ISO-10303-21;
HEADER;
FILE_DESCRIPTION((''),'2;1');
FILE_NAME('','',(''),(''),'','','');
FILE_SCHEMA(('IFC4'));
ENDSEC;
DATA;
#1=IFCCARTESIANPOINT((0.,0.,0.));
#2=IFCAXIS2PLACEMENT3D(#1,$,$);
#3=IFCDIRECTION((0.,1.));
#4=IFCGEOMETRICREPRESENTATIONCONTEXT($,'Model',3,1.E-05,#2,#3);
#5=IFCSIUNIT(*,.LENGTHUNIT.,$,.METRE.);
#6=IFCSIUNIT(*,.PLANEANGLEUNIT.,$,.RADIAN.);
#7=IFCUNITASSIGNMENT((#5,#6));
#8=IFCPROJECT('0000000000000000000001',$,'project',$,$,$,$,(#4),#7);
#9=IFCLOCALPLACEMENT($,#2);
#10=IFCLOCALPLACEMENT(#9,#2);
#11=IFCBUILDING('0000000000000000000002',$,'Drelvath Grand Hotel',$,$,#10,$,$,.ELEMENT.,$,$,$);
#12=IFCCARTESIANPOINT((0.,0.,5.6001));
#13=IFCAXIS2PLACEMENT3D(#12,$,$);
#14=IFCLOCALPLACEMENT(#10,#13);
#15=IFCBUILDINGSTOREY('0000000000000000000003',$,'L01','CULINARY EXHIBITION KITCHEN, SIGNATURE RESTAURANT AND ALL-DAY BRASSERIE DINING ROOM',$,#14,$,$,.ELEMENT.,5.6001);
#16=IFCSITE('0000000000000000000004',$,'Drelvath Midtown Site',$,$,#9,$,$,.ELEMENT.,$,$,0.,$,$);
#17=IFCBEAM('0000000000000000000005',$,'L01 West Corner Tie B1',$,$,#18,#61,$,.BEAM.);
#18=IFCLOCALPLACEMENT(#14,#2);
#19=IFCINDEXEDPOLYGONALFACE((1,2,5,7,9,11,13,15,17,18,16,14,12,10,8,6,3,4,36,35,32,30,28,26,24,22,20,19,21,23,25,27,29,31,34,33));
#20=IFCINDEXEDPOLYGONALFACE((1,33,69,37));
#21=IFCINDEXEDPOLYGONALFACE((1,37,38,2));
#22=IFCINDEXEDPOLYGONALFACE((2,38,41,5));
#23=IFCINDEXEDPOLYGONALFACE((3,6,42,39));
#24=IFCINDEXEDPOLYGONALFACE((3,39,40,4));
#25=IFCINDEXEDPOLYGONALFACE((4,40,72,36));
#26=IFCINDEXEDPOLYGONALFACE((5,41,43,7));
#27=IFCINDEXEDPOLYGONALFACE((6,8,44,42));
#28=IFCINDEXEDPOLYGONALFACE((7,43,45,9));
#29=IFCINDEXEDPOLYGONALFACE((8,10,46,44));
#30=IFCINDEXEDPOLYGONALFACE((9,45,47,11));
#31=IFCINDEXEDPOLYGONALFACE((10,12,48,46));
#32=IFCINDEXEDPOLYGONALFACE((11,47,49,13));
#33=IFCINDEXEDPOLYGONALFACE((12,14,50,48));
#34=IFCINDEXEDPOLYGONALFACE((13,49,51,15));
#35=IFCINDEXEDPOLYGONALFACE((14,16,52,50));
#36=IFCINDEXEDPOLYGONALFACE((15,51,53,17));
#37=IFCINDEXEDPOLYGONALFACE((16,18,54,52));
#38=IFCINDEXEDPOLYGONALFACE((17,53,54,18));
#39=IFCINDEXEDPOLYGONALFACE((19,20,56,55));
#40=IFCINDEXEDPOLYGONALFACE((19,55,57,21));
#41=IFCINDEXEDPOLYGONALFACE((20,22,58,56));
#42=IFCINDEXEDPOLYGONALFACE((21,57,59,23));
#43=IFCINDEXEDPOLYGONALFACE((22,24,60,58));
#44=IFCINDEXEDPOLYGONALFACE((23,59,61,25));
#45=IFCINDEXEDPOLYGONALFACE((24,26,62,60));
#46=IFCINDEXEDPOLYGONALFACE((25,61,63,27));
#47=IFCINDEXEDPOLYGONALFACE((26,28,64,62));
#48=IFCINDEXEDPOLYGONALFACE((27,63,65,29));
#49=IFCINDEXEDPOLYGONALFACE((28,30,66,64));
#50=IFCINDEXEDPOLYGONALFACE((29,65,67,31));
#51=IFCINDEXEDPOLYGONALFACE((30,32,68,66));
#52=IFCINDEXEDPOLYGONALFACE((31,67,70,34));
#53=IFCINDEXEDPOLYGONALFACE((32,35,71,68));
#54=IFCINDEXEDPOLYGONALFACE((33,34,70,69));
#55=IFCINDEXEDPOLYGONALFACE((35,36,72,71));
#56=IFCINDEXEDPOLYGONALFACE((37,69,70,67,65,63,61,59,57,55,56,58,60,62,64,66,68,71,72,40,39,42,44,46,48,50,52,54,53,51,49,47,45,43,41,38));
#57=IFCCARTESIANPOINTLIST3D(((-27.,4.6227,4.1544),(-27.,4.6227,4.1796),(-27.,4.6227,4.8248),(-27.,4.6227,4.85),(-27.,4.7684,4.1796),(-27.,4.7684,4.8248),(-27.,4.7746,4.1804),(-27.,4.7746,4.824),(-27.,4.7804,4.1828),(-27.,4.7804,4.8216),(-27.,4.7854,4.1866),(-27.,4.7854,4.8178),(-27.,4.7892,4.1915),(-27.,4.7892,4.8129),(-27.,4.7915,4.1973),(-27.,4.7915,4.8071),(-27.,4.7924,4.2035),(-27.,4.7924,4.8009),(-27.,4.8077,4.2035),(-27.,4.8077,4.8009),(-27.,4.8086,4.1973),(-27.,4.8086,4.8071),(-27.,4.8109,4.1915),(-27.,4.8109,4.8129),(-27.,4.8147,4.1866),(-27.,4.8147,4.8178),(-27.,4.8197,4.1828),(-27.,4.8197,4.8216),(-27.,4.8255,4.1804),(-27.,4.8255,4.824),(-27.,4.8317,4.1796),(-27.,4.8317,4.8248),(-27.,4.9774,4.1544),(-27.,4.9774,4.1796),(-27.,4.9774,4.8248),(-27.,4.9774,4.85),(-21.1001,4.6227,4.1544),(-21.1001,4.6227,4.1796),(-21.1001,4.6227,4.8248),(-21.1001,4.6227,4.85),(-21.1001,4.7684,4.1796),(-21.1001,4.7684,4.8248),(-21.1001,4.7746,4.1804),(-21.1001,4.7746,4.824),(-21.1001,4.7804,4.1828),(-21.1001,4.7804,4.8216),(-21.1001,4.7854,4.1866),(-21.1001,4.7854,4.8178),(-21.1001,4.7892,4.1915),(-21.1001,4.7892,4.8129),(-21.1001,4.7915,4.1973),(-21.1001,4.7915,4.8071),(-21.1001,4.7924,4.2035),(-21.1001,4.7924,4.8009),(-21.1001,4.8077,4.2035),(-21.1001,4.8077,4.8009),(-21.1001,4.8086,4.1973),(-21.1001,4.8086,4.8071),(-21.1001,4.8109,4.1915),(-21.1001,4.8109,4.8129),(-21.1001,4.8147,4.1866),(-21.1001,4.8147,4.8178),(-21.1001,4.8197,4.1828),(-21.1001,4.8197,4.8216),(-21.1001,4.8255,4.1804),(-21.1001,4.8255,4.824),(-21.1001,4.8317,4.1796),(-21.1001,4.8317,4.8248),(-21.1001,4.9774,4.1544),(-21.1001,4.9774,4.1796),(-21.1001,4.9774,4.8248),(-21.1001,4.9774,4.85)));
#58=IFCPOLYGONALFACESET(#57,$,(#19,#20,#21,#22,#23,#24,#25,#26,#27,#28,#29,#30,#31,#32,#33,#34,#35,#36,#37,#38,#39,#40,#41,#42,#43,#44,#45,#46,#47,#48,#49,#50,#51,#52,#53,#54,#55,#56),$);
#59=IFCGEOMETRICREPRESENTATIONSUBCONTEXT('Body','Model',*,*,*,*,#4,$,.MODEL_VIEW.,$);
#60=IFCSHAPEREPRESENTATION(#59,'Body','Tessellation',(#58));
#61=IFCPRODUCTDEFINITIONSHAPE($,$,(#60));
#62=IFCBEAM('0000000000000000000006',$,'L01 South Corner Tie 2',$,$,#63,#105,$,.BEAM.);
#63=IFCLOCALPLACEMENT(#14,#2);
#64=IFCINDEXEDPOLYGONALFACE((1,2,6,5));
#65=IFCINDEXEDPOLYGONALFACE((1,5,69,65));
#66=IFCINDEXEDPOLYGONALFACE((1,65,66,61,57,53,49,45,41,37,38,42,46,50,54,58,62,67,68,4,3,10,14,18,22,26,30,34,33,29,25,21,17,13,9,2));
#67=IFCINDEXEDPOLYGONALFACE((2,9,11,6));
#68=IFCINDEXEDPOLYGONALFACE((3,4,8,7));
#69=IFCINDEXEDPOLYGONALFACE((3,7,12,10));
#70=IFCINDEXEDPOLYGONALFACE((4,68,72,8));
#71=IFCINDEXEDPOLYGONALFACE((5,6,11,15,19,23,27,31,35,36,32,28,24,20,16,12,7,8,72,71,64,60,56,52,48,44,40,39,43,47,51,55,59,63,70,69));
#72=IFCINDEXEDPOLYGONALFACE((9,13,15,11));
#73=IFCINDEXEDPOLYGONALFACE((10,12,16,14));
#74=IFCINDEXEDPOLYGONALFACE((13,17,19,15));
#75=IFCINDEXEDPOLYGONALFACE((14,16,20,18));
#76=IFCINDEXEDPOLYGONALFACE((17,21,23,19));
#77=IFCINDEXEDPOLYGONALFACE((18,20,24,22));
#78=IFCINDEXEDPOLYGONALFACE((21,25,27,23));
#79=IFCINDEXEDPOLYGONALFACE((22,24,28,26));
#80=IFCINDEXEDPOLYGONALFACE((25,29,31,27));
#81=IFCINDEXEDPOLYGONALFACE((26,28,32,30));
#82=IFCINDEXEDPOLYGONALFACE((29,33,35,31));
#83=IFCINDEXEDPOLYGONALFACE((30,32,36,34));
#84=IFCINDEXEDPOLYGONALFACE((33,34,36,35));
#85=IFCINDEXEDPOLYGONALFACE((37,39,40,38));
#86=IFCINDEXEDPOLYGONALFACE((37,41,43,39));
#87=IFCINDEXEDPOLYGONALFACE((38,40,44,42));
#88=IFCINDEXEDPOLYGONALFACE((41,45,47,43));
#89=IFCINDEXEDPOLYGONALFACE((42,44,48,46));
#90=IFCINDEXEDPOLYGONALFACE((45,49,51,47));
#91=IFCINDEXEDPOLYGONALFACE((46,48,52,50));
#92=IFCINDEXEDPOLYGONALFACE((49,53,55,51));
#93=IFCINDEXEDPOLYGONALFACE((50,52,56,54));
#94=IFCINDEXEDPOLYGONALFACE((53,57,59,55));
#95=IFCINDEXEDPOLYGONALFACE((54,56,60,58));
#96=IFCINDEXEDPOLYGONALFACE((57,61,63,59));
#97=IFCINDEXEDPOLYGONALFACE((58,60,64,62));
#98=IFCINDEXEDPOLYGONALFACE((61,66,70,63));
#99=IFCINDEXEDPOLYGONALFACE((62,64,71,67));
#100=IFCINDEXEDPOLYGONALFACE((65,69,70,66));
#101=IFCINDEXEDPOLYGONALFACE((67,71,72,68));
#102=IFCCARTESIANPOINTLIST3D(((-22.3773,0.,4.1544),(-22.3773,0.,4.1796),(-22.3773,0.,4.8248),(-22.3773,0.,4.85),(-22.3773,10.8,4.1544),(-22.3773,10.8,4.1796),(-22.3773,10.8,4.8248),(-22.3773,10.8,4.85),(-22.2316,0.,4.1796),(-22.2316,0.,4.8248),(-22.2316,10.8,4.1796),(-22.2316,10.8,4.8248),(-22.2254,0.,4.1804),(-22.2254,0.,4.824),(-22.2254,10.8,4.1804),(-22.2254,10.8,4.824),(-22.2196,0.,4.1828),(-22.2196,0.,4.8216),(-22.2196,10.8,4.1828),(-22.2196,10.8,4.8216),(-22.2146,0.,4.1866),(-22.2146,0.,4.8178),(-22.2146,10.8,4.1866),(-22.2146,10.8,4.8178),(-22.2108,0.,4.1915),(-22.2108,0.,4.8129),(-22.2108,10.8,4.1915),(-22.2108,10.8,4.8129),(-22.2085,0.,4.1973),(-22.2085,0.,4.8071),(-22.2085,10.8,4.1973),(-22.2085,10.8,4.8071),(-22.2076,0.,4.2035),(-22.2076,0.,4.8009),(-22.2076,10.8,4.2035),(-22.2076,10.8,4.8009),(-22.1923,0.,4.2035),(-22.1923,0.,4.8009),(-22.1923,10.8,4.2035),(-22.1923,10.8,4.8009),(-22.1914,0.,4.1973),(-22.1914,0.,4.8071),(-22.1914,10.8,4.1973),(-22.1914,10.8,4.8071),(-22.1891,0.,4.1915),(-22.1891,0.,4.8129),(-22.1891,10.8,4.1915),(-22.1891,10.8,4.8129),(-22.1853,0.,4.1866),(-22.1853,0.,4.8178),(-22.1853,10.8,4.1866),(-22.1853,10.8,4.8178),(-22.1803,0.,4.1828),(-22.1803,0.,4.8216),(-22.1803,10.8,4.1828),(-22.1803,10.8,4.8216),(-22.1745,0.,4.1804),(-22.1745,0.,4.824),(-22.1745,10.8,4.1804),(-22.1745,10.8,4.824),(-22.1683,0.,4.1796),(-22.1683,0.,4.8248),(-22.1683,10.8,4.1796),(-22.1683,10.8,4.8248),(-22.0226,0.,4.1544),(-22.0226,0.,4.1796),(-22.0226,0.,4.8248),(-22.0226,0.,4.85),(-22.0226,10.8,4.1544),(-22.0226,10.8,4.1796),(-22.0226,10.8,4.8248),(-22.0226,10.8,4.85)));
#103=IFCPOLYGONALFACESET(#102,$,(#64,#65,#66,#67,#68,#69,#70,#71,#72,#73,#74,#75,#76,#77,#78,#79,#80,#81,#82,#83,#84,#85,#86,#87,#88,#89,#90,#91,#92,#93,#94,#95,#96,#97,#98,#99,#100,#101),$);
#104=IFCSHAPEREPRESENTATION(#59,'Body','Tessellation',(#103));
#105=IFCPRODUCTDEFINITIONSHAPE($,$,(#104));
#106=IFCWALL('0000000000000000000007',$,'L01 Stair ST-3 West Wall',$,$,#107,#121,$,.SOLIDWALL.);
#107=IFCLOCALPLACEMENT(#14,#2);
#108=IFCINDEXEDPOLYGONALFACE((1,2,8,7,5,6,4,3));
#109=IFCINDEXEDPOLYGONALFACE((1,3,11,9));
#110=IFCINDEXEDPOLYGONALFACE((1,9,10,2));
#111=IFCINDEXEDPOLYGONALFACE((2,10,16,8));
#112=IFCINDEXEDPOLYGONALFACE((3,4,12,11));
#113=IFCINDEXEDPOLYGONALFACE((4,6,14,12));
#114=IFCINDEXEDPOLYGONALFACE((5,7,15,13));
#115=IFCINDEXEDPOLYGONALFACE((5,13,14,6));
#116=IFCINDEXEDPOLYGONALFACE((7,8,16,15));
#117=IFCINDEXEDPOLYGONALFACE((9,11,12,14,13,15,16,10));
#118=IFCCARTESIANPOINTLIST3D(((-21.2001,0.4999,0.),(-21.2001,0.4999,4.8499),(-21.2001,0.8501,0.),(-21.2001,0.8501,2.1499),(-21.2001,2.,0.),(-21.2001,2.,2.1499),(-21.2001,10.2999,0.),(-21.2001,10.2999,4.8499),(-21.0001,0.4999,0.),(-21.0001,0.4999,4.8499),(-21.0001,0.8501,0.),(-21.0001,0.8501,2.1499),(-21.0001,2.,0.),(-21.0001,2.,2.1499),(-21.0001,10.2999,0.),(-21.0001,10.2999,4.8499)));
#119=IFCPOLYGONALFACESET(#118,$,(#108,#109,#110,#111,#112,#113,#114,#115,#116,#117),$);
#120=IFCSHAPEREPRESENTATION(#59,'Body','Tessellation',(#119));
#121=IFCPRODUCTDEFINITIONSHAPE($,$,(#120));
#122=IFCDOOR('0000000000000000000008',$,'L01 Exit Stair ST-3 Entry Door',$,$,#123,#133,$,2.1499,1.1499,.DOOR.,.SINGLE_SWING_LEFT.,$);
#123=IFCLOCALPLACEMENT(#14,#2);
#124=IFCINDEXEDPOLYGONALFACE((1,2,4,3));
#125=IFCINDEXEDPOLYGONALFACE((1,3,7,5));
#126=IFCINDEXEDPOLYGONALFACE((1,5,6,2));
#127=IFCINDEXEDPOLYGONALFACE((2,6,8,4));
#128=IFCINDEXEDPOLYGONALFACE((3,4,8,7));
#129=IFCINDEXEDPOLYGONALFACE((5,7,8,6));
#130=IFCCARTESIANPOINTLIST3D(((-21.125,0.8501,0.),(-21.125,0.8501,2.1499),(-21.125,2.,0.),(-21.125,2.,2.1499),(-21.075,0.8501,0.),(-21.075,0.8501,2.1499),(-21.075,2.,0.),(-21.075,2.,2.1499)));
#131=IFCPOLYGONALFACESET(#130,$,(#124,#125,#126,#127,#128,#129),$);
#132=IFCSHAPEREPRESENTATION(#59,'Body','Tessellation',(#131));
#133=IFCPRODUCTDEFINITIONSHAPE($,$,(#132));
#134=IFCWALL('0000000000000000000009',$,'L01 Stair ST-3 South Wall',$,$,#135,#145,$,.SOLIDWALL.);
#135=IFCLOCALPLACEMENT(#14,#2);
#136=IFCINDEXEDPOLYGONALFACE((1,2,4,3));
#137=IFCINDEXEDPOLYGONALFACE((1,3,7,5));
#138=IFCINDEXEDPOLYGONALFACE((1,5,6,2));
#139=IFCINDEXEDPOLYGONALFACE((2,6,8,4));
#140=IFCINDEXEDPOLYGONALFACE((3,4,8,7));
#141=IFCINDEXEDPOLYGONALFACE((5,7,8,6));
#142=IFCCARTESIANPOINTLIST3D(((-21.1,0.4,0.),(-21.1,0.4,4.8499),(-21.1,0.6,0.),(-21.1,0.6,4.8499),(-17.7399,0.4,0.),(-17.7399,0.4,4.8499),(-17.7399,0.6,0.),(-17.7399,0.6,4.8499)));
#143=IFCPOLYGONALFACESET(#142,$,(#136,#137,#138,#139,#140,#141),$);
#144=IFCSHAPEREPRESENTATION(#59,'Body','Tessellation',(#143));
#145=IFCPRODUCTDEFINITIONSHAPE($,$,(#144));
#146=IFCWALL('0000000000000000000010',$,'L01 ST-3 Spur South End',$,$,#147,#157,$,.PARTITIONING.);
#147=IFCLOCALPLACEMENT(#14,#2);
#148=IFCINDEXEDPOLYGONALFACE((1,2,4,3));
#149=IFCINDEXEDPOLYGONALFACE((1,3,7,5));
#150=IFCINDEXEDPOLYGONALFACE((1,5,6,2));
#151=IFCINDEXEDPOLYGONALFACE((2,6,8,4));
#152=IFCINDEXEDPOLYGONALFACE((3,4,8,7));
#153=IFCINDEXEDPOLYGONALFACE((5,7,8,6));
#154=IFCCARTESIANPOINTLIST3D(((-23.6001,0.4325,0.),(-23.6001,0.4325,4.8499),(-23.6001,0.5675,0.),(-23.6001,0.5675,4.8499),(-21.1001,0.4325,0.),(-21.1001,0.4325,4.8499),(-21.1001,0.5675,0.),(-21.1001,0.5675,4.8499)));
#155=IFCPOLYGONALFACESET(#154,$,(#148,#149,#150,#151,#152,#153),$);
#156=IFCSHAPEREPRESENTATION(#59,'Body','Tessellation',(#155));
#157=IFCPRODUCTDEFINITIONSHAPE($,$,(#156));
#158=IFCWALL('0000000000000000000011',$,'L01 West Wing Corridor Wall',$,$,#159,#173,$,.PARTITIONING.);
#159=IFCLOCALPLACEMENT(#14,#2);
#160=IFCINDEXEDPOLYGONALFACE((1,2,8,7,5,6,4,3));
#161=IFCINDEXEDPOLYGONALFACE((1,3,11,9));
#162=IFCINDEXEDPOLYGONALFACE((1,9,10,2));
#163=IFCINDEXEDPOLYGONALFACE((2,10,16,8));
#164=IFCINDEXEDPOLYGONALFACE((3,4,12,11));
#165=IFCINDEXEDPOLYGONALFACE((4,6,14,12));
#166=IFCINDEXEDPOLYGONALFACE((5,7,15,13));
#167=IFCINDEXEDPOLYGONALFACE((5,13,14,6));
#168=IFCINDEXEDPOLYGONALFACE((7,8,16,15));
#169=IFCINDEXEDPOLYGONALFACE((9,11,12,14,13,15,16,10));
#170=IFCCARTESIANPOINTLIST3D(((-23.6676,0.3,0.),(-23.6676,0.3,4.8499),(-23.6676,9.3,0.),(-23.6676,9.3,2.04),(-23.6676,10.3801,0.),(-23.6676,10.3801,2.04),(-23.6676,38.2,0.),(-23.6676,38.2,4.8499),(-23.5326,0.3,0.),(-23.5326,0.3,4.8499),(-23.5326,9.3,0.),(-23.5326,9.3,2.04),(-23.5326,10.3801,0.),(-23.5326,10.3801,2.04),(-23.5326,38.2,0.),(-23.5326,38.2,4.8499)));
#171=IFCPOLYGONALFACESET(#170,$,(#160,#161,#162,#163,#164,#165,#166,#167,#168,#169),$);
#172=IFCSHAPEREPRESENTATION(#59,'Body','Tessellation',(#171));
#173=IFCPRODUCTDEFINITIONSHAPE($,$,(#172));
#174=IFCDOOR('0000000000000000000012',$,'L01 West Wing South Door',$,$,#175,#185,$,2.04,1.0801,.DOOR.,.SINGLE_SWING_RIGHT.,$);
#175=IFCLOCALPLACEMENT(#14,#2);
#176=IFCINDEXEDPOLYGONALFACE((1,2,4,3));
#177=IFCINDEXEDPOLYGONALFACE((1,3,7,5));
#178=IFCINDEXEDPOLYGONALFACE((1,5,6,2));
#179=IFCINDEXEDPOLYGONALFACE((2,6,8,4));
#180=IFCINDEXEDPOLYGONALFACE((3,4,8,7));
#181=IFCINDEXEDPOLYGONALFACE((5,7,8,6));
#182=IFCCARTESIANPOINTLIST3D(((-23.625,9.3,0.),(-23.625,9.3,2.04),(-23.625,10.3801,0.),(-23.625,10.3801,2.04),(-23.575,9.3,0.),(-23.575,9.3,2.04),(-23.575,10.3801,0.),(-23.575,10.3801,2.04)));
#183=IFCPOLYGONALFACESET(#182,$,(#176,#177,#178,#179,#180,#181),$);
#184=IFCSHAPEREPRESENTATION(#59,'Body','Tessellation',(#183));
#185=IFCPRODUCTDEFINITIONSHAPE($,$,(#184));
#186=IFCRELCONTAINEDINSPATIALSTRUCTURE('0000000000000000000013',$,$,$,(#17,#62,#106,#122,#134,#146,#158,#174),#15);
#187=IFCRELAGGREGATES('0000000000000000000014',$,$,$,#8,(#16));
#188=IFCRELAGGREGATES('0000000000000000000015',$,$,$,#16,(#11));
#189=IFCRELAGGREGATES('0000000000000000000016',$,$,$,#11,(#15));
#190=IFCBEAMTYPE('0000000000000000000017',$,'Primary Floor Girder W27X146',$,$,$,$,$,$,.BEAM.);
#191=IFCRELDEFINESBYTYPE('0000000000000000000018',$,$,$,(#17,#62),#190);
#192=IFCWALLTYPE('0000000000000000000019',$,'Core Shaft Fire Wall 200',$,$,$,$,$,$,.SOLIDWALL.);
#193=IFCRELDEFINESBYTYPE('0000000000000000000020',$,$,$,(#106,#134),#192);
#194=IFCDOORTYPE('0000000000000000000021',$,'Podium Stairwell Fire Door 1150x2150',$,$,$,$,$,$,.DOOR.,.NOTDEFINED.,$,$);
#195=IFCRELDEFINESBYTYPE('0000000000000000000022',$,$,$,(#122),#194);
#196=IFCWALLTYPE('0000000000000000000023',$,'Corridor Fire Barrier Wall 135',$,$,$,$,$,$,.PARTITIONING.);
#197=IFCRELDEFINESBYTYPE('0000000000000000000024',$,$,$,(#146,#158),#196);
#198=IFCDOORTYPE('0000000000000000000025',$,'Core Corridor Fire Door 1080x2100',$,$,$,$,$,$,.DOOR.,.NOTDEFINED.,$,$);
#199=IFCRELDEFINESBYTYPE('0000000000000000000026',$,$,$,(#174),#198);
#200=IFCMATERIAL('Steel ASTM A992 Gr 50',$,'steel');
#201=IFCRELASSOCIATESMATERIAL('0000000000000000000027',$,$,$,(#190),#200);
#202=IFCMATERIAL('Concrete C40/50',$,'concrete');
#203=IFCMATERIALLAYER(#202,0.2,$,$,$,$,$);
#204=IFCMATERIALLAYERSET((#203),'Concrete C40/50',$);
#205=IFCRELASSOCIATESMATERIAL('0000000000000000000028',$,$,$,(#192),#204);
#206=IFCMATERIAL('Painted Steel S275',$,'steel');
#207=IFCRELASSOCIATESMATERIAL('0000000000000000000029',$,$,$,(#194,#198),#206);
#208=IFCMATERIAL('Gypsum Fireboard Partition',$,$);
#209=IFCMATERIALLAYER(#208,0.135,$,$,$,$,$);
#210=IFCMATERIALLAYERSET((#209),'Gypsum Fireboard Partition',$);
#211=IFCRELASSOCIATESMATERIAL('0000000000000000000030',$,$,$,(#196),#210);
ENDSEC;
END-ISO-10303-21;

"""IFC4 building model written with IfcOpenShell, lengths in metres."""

from ifc_helpers import new_model, si_unit, direction, frame, frame_2d, origin, origin_2d, place, context, subcontext, project, spatial, rectangle, i_section, extrude, material, layer, layer_set, material_profile, profile_set, type_object, element, fill, save


model = new_model("IFC4")

# Units and contexts
model_context = context("Model", 3, precision=1e-05, world=origin(), true_north=direction((0.0, 1.0)))
body_context = subcontext(model_context, "Body", "Model", "MODEL_VIEW")
ifc_project = project(units=[si_unit("LENGTHUNIT", "METRE"), si_unit("PLANEANGLEUNIT", "RADIAN")], contexts=[model_context])

# Site, building, storey
site_placement = place(None, origin())
site = spatial("IfcSite", under=ifc_project, at=site_placement, Name="Drelvath Midtown Site", CompositionType="ELEMENT", RefElevation=0.0)
building_placement = place(site_placement, origin())
building = spatial("IfcBuilding", under=site, at=building_placement, Name="Drelvath Grand Hotel", CompositionType="ELEMENT")
storey_placement = place(building_placement, frame((0.0, 0.0, 5.6001)))
storey = spatial("IfcBuildingStorey", under=building, at=storey_placement, Name="L01", Description="CULINARY EXHIBITION KITCHEN, SIGNATURE RESTAURANT AND ALL-DAY BRASSERIE DINING ROOM", CompositionType="ELEMENT", Elevation=5.6001)

# Beams
ifc_material_1 = material(Name="Steel ASTM A992 Gr 50", Category="steel")
ifc_material_profile_1 = material_profile(ifc_material_1, i_section(OverallWidth=0.3547, OverallDepth=0.6956, WebThickness=0.0154, FlangeThickness=0.0251, FilletRadius=0.0239, at=origin_2d()), Name="W27X146")
ifc_profile_set_1 = profile_set([ifc_material_profile_1], Name="Steel ASTM A992 Gr 50")
beam_type_1 = type_object("IfcBeamType", Name="Primary Floor Girder W27X146", PredefinedType="BEAM", material=ifc_profile_set_1)
beam_1_placement = place(storey_placement, frame((-27.0, 4.8, 4.5022), z_axis=(1.0, 0.0, 0.0), x_axis=(0.0, 1.0, 0.0)))
element("IfcBeam", 1, at=beam_1_placement, inside=storey, type_object=beam_type_1, Name="L01 West Corner Tie B1", PredefinedType="BEAM", context=body_context, shape_type="SweptSolid", body=[
    extrude(i_section(OverallWidth=0.3547, OverallDepth=0.6956, WebThickness=0.0154, FlangeThickness=0.0251, FilletRadius=0.0239, at=origin_2d()), origin(), (0.0, 0.0, 1.0), 5.8999),
])
beam_2_placement = place(storey_placement, frame((-22.2, 0.0, 4.5022), z_axis=(0.0, 1.0, 0.0), x_axis=(-1.0, 0.0, 0.0)))
element("IfcBeam", 2, at=beam_2_placement, inside=storey, type_object=beam_type_1, Name="L01 South Corner Tie 2", PredefinedType="BEAM", context=body_context, shape_type="SweptSolid", body=[
    extrude(i_section(OverallWidth=0.3547, OverallDepth=0.6956, WebThickness=0.0154, FlangeThickness=0.0251, FilletRadius=0.0239, at=origin_2d()), origin(), (0.0, 0.0, 1.0), 10.8),
])

# Wall, opening, door
ifc_material_2 = material(Name="Concrete C40/50", Category="concrete")
ifc_layer_1 = layer(ifc_material_2, 0.2)
ifc_layer_set_1 = layer_set([ifc_layer_1], Name="Concrete C40/50")
wall_type_1 = type_object("IfcWallType", Name="Core Shaft Fire Wall 200", PredefinedType="SOLIDWALL", material=ifc_layer_set_1)
wall_1_placement = place(storey_placement, frame((-21.1001, 0.5, 0.0), z_axis=(0.0, 0.0, 1.0), x_axis=(0.0, 1.0, 0.0)))
wall_1 = element("IfcWall", 3, at=wall_1_placement, inside=storey, type_object=wall_type_1, Name="L01 Stair ST-3 West Wall", PredefinedType="SOLIDWALL", context=body_context, shape_type="SweptSolid", body=[
    extrude(rectangle(XDim=9.8, YDim=0.2, at=frame_2d((4.8999, 0.0))), origin(), (0.0, 0.0, 1.0), 4.8499),
])
opening_1_placement = place(wall_1_placement, frame((0.3501, 0.0, 0.0)))
opening_1 = element("IfcOpeningElement", 4, at=opening_1_placement, cuts=wall_1, PredefinedType="OPENING", context=body_context, shape_type="SweptSolid", body=[
    extrude(rectangle(XDim=1.1499, YDim=2.1499, at=frame_2d((0.575, 1.075))), frame((0.0, 0.1099, 0.0), z_axis=(0.0, -1.0, 0.0), x_axis=(1.0, 0.0, 0.0)), (0.0, 0.0, 1.0), 0.22),
])
ifc_material_3 = material(Name="Painted Steel S275", Category="steel")
door_type_1 = type_object("IfcDoorType", Name="Podium Stairwell Fire Door 1150x2150", OperationType="NOTDEFINED", PredefinedType="DOOR", material=ifc_material_3)
door_1_placement = place(opening_1_placement, origin())
door_1 = element("IfcDoor", 5, at=door_1_placement, inside=storey, type_object=door_type_1, Name="L01 Exit Stair ST-3 Entry Door", OperationType="SINGLE_SWING_LEFT", OverallHeight=2.1499, OverallWidth=1.1499, PredefinedType="DOOR", context=body_context, shape_type="SweptSolid", body=[
    extrude(rectangle(XDim=1.1499, YDim=2.1499, at=frame_2d((0.575, 1.075))), frame((0.0, 0.0249, 0.0), z_axis=(0.0, -1.0, 0.0), x_axis=(1.0, 0.0, 0.0)), (0.0, 0.0, 1.0), 0.05),
])
fill(opening_1, door_1)

# Walls
wall_2_placement = place(storey_placement, frame((-21.1001, 0.5, 0.0), z_axis=(0.0, 0.0, 1.0), x_axis=(1.0, 0.0, 0.0)))
element("IfcWall", 6, at=wall_2_placement, inside=storey, type_object=wall_type_1, Name="L01 Stair ST-3 South Wall", PredefinedType="SOLIDWALL", context=body_context, shape_type="SweptSolid", body=[
    extrude(rectangle(XDim=3.3601, YDim=0.2, at=frame_2d((1.6802, 0.0))), origin(), (0.0, 0.0, 1.0), 4.8499),
])
ifc_material_4 = material(Name="Gypsum Fireboard Partition")
ifc_layer_2 = layer(ifc_material_4, 0.135)
ifc_layer_set_2 = layer_set([ifc_layer_2], Name="Gypsum Fireboard Partition")
wall_type_2 = type_object("IfcWallType", Name="Corridor Fire Barrier Wall 135", PredefinedType="PARTITIONING", material=ifc_layer_set_2)
wall_3_placement = place(storey_placement, frame((-23.6001, 0.5, 0.0), z_axis=(0.0, 0.0, 1.0), x_axis=(1.0, 0.0, 0.0)))
element("IfcWall", 7, at=wall_3_placement, inside=storey, type_object=wall_type_2, Name="L01 ST-3 Spur South End", PredefinedType="PARTITIONING", context=body_context, shape_type="SweptSolid", body=[
    extrude(rectangle(XDim=2.5, YDim=0.135, at=frame_2d((1.25, 0.0))), origin(), (0.0, 0.0, 1.0), 4.8499),
])

# Wall, opening, door
wall_4_placement = place(storey_placement, frame((-23.6001, 0.3, 0.0), z_axis=(0.0, 0.0, 1.0), x_axis=(0.0, 1.0, 0.0)))
wall_4 = element("IfcWall", 8, at=wall_4_placement, inside=storey, type_object=wall_type_2, Name="L01 West Wing Corridor Wall", PredefinedType="PARTITIONING", context=body_context, shape_type="SweptSolid", body=[
    extrude(rectangle(XDim=37.8999, YDim=0.135, at=frame_2d((18.95, 0.0))), origin(), (0.0, 0.0, 1.0), 4.8499),
])
opening_2_placement = place(wall_4_placement, frame((9.0, 0.0, 0.0)))
opening_2 = element("IfcOpeningElement", 9, at=opening_2_placement, cuts=wall_4, PredefinedType="OPENING", context=body_context, shape_type="SweptSolid", body=[
    extrude(rectangle(XDim=1.0801, YDim=2.04, at=frame_2d((0.54, 1.02))), frame((0.0, 0.0774, 0.0), z_axis=(0.0, -1.0, 0.0), x_axis=(1.0, 0.0, 0.0)), (0.0, 0.0, 1.0), 0.155),
])
door_type_2 = type_object("IfcDoorType", Name="Core Corridor Fire Door 1080x2100", OperationType="NOTDEFINED", PredefinedType="DOOR", material=ifc_material_3)
door_2_placement = place(opening_2_placement, origin())
door_2 = element("IfcDoor", 10, at=door_2_placement, inside=storey, type_object=door_type_2, Name="L01 West Wing South Door", OperationType="SINGLE_SWING_RIGHT", OverallHeight=2.04, OverallWidth=1.0801, PredefinedType="DOOR", context=body_context, shape_type="SweptSolid", body=[
    extrude(rectangle(XDim=1.0801, YDim=2.04, at=frame_2d((0.54, 1.02))), frame((0.0, 0.0249, 0.0), z_axis=(0.0, -1.0, 0.0), x_axis=(1.0, 0.0, 0.0)), (0.0, 0.0, 1.0), 0.05),
])
fill(opening_2, door_2)

save(model, "model.ifc")
